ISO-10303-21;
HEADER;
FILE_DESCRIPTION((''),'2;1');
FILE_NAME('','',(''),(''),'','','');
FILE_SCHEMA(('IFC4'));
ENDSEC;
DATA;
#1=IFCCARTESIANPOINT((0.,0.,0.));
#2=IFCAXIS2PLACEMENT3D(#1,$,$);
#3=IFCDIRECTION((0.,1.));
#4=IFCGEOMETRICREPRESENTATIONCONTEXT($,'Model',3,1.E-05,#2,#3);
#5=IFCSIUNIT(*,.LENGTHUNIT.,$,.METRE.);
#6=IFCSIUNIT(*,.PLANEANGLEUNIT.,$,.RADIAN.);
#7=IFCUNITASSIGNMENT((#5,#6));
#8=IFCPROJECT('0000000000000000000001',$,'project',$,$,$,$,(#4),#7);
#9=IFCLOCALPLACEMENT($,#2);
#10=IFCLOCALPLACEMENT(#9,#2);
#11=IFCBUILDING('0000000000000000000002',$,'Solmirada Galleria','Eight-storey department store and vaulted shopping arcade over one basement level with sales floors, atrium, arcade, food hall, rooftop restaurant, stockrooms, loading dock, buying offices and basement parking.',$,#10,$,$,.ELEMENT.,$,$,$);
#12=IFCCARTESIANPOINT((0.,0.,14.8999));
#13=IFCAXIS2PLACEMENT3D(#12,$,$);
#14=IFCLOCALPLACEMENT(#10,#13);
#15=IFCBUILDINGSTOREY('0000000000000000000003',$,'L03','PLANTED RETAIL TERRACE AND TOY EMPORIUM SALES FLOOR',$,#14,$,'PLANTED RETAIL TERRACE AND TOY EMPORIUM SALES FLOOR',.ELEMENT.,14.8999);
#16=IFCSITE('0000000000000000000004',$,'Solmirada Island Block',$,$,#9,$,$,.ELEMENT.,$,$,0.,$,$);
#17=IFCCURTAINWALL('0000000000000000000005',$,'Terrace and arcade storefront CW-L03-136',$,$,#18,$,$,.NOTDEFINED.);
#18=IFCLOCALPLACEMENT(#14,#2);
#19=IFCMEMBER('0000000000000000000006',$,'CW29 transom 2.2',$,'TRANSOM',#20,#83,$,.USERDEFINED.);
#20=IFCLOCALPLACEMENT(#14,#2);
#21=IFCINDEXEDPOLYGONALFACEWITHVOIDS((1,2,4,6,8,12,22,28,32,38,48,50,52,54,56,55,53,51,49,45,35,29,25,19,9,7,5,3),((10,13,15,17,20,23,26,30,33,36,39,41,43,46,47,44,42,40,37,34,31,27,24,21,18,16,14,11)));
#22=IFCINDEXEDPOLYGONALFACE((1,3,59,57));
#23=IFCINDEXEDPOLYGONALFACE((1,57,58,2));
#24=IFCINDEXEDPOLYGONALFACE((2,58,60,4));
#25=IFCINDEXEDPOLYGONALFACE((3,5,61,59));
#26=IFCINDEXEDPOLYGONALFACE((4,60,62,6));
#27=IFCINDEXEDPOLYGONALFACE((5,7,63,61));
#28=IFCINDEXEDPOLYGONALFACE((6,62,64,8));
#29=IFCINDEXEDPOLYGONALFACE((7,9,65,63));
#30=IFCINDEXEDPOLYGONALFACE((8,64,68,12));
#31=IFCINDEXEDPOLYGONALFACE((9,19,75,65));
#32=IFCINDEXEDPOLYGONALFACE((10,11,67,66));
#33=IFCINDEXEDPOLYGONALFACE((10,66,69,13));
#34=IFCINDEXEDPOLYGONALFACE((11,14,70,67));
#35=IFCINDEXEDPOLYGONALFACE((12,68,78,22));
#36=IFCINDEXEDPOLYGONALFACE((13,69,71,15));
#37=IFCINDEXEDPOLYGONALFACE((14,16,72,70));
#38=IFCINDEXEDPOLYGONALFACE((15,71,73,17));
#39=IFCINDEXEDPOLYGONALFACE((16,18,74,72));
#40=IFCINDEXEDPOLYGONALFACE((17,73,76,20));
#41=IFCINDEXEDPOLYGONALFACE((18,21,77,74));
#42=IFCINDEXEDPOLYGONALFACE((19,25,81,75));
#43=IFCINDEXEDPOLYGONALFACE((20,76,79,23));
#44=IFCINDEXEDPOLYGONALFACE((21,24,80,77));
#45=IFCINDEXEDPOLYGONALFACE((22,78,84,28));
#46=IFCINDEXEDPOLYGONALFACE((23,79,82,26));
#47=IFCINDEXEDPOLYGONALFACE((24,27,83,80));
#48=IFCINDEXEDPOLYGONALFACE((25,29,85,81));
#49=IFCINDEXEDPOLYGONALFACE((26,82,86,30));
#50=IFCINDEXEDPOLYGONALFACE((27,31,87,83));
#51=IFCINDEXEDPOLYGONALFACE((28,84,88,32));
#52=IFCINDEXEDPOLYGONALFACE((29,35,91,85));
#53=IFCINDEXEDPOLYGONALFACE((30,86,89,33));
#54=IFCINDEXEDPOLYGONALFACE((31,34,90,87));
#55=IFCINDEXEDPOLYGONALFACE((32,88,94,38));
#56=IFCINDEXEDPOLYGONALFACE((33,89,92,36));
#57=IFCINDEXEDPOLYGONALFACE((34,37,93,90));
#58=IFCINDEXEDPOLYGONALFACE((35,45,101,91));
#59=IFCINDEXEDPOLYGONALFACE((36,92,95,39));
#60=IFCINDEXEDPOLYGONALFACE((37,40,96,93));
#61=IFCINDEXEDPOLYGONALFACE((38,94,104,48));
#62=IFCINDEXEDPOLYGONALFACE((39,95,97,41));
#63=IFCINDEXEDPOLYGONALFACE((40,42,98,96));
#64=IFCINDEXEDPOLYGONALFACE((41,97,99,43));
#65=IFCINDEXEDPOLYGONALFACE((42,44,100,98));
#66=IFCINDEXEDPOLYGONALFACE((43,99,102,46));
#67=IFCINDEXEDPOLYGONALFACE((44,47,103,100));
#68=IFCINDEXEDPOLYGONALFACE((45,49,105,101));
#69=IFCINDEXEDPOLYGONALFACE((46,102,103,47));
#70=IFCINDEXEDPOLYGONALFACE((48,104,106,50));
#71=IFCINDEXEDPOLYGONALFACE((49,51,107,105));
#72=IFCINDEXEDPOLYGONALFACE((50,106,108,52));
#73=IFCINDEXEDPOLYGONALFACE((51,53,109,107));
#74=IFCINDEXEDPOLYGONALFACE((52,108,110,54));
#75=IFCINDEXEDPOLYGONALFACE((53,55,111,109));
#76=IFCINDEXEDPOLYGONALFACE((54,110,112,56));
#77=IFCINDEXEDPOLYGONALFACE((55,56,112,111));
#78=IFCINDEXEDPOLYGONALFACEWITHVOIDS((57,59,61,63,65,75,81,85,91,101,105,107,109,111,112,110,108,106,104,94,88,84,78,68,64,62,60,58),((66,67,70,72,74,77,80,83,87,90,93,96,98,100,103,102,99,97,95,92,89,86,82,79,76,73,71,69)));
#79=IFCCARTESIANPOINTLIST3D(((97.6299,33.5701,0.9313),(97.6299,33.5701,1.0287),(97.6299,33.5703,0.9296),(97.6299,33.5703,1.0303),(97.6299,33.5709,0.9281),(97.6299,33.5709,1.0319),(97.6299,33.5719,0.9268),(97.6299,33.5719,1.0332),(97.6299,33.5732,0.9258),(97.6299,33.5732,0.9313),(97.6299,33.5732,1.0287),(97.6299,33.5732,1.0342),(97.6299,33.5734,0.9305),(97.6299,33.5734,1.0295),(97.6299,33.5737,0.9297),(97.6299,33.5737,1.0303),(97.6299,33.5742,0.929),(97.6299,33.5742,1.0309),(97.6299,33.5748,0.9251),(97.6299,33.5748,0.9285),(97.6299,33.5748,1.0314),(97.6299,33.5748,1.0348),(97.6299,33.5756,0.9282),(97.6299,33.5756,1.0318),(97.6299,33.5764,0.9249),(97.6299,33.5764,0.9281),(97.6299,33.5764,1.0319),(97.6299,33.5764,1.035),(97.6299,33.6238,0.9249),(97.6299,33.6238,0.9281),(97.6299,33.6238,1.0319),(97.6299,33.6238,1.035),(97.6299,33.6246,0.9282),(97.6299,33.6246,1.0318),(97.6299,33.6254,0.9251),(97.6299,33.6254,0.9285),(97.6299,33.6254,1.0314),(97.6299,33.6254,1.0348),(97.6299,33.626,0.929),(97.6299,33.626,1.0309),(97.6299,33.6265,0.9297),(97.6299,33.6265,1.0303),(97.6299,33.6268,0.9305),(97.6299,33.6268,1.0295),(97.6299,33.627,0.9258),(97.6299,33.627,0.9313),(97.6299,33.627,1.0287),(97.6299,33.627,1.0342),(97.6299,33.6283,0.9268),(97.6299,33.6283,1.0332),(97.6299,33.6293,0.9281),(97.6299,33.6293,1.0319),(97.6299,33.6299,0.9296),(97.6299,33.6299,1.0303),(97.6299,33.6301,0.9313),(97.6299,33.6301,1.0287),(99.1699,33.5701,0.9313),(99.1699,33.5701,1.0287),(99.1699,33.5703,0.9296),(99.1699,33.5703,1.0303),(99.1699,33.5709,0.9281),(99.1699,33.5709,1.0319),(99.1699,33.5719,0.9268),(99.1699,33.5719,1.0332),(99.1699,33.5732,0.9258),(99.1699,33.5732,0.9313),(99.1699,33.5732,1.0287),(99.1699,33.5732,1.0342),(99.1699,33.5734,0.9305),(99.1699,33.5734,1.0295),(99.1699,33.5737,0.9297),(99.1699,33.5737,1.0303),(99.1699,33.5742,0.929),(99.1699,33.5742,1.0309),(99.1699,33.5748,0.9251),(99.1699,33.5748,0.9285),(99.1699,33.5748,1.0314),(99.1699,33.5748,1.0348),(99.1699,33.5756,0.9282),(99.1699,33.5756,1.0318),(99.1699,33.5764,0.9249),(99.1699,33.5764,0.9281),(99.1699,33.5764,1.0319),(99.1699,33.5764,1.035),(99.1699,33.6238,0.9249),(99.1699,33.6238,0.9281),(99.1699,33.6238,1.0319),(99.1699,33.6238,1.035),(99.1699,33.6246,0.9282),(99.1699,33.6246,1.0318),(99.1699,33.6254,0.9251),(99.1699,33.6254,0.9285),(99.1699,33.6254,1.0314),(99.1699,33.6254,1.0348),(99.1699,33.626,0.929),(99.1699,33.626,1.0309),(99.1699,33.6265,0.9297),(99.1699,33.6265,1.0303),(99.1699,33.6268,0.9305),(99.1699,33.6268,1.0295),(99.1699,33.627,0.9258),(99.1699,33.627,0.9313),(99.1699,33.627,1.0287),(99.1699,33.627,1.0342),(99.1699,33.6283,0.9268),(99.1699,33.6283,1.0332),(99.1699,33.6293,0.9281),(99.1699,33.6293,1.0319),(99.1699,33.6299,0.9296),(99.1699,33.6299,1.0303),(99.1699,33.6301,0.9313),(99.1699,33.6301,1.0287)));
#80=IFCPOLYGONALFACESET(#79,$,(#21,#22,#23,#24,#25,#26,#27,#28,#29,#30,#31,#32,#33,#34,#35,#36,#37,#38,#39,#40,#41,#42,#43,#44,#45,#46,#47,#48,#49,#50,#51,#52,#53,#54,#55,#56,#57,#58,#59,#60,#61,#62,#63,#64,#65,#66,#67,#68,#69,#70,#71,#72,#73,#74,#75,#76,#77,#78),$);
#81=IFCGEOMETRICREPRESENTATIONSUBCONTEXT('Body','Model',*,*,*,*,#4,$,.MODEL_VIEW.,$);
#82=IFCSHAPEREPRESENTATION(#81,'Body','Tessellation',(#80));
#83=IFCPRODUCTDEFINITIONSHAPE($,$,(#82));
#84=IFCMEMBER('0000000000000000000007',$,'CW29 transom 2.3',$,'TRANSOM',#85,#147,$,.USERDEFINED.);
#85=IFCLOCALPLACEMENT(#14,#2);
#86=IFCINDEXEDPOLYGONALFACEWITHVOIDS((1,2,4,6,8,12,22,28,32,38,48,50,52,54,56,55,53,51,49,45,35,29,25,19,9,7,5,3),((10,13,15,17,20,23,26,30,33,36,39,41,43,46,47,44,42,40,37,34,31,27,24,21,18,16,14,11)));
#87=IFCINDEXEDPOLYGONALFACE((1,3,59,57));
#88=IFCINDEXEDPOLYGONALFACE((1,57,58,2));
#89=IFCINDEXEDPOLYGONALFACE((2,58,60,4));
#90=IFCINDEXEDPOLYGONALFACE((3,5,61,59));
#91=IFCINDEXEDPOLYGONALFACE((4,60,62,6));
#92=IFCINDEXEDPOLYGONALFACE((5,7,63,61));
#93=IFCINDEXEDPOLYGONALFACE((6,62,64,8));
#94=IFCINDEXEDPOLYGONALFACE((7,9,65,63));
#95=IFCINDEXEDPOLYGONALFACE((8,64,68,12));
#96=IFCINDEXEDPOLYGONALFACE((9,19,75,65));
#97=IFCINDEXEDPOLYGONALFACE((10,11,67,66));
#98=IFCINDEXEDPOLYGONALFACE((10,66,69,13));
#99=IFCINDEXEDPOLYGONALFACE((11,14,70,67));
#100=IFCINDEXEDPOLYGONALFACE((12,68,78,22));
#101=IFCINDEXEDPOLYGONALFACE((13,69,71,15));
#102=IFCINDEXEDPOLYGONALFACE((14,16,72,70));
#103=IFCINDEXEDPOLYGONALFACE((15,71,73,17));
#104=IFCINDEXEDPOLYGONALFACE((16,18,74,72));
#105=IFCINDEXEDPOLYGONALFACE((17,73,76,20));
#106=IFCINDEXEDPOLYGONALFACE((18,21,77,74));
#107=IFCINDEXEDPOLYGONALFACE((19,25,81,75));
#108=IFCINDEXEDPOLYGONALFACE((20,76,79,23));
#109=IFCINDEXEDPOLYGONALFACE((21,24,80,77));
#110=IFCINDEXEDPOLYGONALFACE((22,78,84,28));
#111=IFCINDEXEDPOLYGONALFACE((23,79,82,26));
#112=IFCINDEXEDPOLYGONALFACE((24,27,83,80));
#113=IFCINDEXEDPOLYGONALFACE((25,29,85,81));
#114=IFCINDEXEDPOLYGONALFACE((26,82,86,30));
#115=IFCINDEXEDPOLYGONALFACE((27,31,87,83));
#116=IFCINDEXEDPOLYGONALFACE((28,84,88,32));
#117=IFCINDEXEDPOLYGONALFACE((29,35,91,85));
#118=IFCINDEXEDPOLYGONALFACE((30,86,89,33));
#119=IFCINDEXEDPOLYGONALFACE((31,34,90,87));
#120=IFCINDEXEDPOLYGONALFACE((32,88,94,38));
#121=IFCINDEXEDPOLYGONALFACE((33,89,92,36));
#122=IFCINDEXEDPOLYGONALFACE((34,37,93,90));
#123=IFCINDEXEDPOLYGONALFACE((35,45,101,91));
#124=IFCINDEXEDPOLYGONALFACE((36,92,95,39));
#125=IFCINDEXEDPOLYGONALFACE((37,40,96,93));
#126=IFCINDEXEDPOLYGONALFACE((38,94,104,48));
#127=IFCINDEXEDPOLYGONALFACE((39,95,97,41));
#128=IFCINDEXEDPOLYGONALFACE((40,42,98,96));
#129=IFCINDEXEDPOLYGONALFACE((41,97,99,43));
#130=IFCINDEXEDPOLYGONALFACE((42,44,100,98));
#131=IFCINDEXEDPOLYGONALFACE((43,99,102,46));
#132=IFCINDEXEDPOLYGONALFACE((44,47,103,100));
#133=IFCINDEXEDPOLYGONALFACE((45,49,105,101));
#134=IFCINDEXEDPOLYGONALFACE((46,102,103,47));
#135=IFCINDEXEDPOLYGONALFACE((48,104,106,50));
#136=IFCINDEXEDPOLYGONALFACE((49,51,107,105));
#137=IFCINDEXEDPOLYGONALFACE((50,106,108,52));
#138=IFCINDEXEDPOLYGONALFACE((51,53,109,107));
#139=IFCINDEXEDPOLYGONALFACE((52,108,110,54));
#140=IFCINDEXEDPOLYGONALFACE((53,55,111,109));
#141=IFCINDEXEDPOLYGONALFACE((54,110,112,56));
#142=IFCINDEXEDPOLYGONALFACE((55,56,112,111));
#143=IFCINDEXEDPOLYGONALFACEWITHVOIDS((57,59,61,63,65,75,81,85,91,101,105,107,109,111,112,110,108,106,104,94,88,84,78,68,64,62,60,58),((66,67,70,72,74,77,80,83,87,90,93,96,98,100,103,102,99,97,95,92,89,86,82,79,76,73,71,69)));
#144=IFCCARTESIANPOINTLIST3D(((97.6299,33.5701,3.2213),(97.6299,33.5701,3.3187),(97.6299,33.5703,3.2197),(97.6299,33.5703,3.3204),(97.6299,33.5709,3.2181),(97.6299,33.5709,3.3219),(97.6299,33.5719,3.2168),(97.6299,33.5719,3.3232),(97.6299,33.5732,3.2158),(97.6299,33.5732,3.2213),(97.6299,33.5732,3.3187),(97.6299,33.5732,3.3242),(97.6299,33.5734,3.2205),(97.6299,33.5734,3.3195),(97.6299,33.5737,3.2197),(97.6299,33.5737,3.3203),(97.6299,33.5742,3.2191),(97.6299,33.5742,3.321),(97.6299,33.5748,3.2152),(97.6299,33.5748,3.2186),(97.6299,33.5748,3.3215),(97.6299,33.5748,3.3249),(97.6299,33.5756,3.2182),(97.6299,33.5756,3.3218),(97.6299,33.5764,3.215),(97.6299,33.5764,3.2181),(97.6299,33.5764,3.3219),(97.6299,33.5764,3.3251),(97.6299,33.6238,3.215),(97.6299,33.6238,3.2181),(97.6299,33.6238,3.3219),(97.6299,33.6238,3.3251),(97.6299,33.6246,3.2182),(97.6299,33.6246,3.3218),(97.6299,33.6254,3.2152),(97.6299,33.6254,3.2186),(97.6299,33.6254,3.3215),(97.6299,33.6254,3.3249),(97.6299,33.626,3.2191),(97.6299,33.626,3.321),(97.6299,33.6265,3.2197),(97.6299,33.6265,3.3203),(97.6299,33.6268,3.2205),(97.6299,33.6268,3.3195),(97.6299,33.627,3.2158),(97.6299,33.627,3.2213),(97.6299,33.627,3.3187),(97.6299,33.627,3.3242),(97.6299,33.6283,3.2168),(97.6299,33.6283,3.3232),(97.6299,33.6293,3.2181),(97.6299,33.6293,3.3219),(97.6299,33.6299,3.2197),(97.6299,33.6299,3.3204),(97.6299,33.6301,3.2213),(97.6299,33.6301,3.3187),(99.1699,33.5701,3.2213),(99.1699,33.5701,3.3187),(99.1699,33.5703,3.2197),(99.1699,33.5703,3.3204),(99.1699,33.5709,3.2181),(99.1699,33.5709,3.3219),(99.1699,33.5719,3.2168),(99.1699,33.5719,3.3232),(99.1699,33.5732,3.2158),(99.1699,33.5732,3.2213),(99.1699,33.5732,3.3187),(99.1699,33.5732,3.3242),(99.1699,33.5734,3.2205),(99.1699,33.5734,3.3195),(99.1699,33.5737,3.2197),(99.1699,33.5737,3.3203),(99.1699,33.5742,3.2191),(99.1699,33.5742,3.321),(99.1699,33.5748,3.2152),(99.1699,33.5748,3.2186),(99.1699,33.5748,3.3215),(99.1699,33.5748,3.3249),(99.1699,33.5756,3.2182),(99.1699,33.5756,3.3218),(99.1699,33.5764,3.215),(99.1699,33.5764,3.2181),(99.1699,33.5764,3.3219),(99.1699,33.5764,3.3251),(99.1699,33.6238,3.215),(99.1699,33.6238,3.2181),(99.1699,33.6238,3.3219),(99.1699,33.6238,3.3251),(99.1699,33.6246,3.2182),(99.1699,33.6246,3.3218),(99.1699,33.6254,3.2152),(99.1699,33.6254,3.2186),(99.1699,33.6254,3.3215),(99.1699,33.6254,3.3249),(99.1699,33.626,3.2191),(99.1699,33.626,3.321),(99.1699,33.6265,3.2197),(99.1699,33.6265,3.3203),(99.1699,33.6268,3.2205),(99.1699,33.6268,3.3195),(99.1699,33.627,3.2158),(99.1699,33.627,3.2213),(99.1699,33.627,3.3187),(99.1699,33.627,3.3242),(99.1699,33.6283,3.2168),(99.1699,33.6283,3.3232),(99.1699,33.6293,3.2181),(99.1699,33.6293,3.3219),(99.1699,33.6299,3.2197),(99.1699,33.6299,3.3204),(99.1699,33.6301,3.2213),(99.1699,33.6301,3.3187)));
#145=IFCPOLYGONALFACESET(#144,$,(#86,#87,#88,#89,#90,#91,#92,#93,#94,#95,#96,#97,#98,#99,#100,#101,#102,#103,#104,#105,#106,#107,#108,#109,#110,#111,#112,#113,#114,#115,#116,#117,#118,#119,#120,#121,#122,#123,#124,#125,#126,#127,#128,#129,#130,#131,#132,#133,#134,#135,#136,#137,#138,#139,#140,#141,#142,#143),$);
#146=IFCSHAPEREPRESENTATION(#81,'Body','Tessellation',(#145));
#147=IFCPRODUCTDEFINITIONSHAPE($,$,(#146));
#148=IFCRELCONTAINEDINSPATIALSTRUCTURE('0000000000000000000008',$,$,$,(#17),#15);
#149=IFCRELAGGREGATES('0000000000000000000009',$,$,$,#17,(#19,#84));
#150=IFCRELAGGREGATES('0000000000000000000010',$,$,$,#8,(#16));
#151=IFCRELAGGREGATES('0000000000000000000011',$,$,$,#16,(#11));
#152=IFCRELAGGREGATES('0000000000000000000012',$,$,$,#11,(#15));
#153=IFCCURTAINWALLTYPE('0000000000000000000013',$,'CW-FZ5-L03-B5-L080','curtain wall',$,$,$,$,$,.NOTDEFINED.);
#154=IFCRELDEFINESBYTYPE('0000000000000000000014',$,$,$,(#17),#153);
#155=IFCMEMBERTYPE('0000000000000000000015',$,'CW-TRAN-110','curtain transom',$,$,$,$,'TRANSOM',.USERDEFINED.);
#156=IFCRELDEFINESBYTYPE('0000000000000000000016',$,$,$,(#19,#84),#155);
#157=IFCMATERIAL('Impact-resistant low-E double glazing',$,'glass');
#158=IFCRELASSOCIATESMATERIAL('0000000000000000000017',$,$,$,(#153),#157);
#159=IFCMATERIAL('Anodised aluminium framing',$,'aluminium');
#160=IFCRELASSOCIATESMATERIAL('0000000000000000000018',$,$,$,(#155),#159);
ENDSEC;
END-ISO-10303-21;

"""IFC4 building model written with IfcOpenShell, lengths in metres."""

from ifc_helpers import new_model, si_unit, direction, frame, origin, origin_2d, place, context, subcontext, project, spatial, hollow_rectangle, extrude, material, material_profile, profile_set, type_object, element, aggregate, save


model = new_model("IFC4")

# Units and contexts
model_context = context("Model", 3, precision=1e-05, world=origin(), true_north=direction((0.0, 1.0)))
body_context = subcontext(model_context, "Body", "Model", "MODEL_VIEW")
ifc_project = project(units=[si_unit("LENGTHUNIT", "METRE"), si_unit("PLANEANGLEUNIT", "RADIAN")], contexts=[model_context])

# Site, building, storey
site_placement = place(None, origin())
site = spatial("IfcSite", under=ifc_project, at=site_placement, Name="Solmirada Island Block", CompositionType="ELEMENT", RefElevation=0.0)
building_placement = place(site_placement, origin())
building = spatial("IfcBuilding", under=site, at=building_placement, Name="Solmirada Galleria", Description="Eight-storey department store and vaulted shopping arcade over one basement level with sales floors, atrium, arcade, food hall, rooftop restaurant, stockrooms, loading dock, buying offices and basement parking.", CompositionType="ELEMENT")
storey_placement = place(building_placement, frame((0.0, 0.0, 14.8999)))
storey = spatial("IfcBuildingStorey", under=building, at=storey_placement, Name="L03", Description="PLANTED RETAIL TERRACE AND TOY EMPORIUM SALES FLOOR", LongName="PLANTED RETAIL TERRACE AND TOY EMPORIUM SALES FLOOR", CompositionType="ELEMENT", Elevation=14.8999)

# Curtain wall, members
ifc_material_1 = material(Name="Impact-resistant low-E double glazing", Category="glass")
curtain_wall_type = type_object("IfcCurtainWallType", Name="CW-FZ5-L03-B5-L080", Description="curtain wall", PredefinedType="NOTDEFINED", material=ifc_material_1)
curtain_wall_placement = place(storey_placement, origin())
curtain_wall = element("IfcCurtainWall", 1, at=curtain_wall_placement, inside=storey, type_object=curtain_wall_type, Name="Terrace and arcade storefront CW-L03-136", PredefinedType="NOTDEFINED")
ifc_material_2 = material(Name="Anodised aluminium framing", Category="aluminium")
ifc_material_profile_1 = material_profile(ifc_material_2, hollow_rectangle(XDim=0.0601, YDim=0.1101, WallThickness=0.0032, InnerFilletRadius=0.0032, OuterFilletRadius=0.0063, at=origin_2d()), Name="ALU-TRAN-110X60")
ifc_profile_set_1 = profile_set([ifc_material_profile_1], Name="Anodised aluminium framing")
member_type_1 = type_object("IfcMemberType", Name="CW-TRAN-110", Description="curtain transom", ElementType="TRANSOM", PredefinedType="USERDEFINED", material=ifc_profile_set_1)
member_1_placement = place(storey_placement, frame((97.6299, 33.6001, 0.98), z_axis=(1.0, 0.0, 0.0), x_axis=(0.0, 1.0, 0.0)))
member_1 = element("IfcMember", 2, at=member_1_placement, type_object=member_type_1, Name="CW29 transom 2.2", ObjectType="TRANSOM", PredefinedType="USERDEFINED", context=body_context, shape_type="SweptSolid", body=[
    extrude(hollow_rectangle(XDim=0.0601, YDim=0.1101, WallThickness=0.0032, InnerFilletRadius=0.0032, OuterFilletRadius=0.0063, at=origin_2d()), origin(), (0.0, 0.0, 1.0), 1.54),
])
member_2_placement = place(storey_placement, frame((97.6299, 33.6001, 3.27), z_axis=(1.0, 0.0, 0.0), x_axis=(0.0, 1.0, 0.0)))
member_2 = element("IfcMember", 3, at=member_2_placement, type_object=member_type_1, Name="CW29 transom 2.3", ObjectType="TRANSOM", PredefinedType="USERDEFINED", context=body_context, shape_type="SweptSolid", body=[
    extrude(hollow_rectangle(XDim=0.0601, YDim=0.1101, WallThickness=0.0032, InnerFilletRadius=0.0032, OuterFilletRadius=0.0063, at=origin_2d()), origin(), (0.0, 0.0, 1.0), 1.54),
])
aggregate(curtain_wall, [member_1, member_2])

save(model, "model.ifc")
